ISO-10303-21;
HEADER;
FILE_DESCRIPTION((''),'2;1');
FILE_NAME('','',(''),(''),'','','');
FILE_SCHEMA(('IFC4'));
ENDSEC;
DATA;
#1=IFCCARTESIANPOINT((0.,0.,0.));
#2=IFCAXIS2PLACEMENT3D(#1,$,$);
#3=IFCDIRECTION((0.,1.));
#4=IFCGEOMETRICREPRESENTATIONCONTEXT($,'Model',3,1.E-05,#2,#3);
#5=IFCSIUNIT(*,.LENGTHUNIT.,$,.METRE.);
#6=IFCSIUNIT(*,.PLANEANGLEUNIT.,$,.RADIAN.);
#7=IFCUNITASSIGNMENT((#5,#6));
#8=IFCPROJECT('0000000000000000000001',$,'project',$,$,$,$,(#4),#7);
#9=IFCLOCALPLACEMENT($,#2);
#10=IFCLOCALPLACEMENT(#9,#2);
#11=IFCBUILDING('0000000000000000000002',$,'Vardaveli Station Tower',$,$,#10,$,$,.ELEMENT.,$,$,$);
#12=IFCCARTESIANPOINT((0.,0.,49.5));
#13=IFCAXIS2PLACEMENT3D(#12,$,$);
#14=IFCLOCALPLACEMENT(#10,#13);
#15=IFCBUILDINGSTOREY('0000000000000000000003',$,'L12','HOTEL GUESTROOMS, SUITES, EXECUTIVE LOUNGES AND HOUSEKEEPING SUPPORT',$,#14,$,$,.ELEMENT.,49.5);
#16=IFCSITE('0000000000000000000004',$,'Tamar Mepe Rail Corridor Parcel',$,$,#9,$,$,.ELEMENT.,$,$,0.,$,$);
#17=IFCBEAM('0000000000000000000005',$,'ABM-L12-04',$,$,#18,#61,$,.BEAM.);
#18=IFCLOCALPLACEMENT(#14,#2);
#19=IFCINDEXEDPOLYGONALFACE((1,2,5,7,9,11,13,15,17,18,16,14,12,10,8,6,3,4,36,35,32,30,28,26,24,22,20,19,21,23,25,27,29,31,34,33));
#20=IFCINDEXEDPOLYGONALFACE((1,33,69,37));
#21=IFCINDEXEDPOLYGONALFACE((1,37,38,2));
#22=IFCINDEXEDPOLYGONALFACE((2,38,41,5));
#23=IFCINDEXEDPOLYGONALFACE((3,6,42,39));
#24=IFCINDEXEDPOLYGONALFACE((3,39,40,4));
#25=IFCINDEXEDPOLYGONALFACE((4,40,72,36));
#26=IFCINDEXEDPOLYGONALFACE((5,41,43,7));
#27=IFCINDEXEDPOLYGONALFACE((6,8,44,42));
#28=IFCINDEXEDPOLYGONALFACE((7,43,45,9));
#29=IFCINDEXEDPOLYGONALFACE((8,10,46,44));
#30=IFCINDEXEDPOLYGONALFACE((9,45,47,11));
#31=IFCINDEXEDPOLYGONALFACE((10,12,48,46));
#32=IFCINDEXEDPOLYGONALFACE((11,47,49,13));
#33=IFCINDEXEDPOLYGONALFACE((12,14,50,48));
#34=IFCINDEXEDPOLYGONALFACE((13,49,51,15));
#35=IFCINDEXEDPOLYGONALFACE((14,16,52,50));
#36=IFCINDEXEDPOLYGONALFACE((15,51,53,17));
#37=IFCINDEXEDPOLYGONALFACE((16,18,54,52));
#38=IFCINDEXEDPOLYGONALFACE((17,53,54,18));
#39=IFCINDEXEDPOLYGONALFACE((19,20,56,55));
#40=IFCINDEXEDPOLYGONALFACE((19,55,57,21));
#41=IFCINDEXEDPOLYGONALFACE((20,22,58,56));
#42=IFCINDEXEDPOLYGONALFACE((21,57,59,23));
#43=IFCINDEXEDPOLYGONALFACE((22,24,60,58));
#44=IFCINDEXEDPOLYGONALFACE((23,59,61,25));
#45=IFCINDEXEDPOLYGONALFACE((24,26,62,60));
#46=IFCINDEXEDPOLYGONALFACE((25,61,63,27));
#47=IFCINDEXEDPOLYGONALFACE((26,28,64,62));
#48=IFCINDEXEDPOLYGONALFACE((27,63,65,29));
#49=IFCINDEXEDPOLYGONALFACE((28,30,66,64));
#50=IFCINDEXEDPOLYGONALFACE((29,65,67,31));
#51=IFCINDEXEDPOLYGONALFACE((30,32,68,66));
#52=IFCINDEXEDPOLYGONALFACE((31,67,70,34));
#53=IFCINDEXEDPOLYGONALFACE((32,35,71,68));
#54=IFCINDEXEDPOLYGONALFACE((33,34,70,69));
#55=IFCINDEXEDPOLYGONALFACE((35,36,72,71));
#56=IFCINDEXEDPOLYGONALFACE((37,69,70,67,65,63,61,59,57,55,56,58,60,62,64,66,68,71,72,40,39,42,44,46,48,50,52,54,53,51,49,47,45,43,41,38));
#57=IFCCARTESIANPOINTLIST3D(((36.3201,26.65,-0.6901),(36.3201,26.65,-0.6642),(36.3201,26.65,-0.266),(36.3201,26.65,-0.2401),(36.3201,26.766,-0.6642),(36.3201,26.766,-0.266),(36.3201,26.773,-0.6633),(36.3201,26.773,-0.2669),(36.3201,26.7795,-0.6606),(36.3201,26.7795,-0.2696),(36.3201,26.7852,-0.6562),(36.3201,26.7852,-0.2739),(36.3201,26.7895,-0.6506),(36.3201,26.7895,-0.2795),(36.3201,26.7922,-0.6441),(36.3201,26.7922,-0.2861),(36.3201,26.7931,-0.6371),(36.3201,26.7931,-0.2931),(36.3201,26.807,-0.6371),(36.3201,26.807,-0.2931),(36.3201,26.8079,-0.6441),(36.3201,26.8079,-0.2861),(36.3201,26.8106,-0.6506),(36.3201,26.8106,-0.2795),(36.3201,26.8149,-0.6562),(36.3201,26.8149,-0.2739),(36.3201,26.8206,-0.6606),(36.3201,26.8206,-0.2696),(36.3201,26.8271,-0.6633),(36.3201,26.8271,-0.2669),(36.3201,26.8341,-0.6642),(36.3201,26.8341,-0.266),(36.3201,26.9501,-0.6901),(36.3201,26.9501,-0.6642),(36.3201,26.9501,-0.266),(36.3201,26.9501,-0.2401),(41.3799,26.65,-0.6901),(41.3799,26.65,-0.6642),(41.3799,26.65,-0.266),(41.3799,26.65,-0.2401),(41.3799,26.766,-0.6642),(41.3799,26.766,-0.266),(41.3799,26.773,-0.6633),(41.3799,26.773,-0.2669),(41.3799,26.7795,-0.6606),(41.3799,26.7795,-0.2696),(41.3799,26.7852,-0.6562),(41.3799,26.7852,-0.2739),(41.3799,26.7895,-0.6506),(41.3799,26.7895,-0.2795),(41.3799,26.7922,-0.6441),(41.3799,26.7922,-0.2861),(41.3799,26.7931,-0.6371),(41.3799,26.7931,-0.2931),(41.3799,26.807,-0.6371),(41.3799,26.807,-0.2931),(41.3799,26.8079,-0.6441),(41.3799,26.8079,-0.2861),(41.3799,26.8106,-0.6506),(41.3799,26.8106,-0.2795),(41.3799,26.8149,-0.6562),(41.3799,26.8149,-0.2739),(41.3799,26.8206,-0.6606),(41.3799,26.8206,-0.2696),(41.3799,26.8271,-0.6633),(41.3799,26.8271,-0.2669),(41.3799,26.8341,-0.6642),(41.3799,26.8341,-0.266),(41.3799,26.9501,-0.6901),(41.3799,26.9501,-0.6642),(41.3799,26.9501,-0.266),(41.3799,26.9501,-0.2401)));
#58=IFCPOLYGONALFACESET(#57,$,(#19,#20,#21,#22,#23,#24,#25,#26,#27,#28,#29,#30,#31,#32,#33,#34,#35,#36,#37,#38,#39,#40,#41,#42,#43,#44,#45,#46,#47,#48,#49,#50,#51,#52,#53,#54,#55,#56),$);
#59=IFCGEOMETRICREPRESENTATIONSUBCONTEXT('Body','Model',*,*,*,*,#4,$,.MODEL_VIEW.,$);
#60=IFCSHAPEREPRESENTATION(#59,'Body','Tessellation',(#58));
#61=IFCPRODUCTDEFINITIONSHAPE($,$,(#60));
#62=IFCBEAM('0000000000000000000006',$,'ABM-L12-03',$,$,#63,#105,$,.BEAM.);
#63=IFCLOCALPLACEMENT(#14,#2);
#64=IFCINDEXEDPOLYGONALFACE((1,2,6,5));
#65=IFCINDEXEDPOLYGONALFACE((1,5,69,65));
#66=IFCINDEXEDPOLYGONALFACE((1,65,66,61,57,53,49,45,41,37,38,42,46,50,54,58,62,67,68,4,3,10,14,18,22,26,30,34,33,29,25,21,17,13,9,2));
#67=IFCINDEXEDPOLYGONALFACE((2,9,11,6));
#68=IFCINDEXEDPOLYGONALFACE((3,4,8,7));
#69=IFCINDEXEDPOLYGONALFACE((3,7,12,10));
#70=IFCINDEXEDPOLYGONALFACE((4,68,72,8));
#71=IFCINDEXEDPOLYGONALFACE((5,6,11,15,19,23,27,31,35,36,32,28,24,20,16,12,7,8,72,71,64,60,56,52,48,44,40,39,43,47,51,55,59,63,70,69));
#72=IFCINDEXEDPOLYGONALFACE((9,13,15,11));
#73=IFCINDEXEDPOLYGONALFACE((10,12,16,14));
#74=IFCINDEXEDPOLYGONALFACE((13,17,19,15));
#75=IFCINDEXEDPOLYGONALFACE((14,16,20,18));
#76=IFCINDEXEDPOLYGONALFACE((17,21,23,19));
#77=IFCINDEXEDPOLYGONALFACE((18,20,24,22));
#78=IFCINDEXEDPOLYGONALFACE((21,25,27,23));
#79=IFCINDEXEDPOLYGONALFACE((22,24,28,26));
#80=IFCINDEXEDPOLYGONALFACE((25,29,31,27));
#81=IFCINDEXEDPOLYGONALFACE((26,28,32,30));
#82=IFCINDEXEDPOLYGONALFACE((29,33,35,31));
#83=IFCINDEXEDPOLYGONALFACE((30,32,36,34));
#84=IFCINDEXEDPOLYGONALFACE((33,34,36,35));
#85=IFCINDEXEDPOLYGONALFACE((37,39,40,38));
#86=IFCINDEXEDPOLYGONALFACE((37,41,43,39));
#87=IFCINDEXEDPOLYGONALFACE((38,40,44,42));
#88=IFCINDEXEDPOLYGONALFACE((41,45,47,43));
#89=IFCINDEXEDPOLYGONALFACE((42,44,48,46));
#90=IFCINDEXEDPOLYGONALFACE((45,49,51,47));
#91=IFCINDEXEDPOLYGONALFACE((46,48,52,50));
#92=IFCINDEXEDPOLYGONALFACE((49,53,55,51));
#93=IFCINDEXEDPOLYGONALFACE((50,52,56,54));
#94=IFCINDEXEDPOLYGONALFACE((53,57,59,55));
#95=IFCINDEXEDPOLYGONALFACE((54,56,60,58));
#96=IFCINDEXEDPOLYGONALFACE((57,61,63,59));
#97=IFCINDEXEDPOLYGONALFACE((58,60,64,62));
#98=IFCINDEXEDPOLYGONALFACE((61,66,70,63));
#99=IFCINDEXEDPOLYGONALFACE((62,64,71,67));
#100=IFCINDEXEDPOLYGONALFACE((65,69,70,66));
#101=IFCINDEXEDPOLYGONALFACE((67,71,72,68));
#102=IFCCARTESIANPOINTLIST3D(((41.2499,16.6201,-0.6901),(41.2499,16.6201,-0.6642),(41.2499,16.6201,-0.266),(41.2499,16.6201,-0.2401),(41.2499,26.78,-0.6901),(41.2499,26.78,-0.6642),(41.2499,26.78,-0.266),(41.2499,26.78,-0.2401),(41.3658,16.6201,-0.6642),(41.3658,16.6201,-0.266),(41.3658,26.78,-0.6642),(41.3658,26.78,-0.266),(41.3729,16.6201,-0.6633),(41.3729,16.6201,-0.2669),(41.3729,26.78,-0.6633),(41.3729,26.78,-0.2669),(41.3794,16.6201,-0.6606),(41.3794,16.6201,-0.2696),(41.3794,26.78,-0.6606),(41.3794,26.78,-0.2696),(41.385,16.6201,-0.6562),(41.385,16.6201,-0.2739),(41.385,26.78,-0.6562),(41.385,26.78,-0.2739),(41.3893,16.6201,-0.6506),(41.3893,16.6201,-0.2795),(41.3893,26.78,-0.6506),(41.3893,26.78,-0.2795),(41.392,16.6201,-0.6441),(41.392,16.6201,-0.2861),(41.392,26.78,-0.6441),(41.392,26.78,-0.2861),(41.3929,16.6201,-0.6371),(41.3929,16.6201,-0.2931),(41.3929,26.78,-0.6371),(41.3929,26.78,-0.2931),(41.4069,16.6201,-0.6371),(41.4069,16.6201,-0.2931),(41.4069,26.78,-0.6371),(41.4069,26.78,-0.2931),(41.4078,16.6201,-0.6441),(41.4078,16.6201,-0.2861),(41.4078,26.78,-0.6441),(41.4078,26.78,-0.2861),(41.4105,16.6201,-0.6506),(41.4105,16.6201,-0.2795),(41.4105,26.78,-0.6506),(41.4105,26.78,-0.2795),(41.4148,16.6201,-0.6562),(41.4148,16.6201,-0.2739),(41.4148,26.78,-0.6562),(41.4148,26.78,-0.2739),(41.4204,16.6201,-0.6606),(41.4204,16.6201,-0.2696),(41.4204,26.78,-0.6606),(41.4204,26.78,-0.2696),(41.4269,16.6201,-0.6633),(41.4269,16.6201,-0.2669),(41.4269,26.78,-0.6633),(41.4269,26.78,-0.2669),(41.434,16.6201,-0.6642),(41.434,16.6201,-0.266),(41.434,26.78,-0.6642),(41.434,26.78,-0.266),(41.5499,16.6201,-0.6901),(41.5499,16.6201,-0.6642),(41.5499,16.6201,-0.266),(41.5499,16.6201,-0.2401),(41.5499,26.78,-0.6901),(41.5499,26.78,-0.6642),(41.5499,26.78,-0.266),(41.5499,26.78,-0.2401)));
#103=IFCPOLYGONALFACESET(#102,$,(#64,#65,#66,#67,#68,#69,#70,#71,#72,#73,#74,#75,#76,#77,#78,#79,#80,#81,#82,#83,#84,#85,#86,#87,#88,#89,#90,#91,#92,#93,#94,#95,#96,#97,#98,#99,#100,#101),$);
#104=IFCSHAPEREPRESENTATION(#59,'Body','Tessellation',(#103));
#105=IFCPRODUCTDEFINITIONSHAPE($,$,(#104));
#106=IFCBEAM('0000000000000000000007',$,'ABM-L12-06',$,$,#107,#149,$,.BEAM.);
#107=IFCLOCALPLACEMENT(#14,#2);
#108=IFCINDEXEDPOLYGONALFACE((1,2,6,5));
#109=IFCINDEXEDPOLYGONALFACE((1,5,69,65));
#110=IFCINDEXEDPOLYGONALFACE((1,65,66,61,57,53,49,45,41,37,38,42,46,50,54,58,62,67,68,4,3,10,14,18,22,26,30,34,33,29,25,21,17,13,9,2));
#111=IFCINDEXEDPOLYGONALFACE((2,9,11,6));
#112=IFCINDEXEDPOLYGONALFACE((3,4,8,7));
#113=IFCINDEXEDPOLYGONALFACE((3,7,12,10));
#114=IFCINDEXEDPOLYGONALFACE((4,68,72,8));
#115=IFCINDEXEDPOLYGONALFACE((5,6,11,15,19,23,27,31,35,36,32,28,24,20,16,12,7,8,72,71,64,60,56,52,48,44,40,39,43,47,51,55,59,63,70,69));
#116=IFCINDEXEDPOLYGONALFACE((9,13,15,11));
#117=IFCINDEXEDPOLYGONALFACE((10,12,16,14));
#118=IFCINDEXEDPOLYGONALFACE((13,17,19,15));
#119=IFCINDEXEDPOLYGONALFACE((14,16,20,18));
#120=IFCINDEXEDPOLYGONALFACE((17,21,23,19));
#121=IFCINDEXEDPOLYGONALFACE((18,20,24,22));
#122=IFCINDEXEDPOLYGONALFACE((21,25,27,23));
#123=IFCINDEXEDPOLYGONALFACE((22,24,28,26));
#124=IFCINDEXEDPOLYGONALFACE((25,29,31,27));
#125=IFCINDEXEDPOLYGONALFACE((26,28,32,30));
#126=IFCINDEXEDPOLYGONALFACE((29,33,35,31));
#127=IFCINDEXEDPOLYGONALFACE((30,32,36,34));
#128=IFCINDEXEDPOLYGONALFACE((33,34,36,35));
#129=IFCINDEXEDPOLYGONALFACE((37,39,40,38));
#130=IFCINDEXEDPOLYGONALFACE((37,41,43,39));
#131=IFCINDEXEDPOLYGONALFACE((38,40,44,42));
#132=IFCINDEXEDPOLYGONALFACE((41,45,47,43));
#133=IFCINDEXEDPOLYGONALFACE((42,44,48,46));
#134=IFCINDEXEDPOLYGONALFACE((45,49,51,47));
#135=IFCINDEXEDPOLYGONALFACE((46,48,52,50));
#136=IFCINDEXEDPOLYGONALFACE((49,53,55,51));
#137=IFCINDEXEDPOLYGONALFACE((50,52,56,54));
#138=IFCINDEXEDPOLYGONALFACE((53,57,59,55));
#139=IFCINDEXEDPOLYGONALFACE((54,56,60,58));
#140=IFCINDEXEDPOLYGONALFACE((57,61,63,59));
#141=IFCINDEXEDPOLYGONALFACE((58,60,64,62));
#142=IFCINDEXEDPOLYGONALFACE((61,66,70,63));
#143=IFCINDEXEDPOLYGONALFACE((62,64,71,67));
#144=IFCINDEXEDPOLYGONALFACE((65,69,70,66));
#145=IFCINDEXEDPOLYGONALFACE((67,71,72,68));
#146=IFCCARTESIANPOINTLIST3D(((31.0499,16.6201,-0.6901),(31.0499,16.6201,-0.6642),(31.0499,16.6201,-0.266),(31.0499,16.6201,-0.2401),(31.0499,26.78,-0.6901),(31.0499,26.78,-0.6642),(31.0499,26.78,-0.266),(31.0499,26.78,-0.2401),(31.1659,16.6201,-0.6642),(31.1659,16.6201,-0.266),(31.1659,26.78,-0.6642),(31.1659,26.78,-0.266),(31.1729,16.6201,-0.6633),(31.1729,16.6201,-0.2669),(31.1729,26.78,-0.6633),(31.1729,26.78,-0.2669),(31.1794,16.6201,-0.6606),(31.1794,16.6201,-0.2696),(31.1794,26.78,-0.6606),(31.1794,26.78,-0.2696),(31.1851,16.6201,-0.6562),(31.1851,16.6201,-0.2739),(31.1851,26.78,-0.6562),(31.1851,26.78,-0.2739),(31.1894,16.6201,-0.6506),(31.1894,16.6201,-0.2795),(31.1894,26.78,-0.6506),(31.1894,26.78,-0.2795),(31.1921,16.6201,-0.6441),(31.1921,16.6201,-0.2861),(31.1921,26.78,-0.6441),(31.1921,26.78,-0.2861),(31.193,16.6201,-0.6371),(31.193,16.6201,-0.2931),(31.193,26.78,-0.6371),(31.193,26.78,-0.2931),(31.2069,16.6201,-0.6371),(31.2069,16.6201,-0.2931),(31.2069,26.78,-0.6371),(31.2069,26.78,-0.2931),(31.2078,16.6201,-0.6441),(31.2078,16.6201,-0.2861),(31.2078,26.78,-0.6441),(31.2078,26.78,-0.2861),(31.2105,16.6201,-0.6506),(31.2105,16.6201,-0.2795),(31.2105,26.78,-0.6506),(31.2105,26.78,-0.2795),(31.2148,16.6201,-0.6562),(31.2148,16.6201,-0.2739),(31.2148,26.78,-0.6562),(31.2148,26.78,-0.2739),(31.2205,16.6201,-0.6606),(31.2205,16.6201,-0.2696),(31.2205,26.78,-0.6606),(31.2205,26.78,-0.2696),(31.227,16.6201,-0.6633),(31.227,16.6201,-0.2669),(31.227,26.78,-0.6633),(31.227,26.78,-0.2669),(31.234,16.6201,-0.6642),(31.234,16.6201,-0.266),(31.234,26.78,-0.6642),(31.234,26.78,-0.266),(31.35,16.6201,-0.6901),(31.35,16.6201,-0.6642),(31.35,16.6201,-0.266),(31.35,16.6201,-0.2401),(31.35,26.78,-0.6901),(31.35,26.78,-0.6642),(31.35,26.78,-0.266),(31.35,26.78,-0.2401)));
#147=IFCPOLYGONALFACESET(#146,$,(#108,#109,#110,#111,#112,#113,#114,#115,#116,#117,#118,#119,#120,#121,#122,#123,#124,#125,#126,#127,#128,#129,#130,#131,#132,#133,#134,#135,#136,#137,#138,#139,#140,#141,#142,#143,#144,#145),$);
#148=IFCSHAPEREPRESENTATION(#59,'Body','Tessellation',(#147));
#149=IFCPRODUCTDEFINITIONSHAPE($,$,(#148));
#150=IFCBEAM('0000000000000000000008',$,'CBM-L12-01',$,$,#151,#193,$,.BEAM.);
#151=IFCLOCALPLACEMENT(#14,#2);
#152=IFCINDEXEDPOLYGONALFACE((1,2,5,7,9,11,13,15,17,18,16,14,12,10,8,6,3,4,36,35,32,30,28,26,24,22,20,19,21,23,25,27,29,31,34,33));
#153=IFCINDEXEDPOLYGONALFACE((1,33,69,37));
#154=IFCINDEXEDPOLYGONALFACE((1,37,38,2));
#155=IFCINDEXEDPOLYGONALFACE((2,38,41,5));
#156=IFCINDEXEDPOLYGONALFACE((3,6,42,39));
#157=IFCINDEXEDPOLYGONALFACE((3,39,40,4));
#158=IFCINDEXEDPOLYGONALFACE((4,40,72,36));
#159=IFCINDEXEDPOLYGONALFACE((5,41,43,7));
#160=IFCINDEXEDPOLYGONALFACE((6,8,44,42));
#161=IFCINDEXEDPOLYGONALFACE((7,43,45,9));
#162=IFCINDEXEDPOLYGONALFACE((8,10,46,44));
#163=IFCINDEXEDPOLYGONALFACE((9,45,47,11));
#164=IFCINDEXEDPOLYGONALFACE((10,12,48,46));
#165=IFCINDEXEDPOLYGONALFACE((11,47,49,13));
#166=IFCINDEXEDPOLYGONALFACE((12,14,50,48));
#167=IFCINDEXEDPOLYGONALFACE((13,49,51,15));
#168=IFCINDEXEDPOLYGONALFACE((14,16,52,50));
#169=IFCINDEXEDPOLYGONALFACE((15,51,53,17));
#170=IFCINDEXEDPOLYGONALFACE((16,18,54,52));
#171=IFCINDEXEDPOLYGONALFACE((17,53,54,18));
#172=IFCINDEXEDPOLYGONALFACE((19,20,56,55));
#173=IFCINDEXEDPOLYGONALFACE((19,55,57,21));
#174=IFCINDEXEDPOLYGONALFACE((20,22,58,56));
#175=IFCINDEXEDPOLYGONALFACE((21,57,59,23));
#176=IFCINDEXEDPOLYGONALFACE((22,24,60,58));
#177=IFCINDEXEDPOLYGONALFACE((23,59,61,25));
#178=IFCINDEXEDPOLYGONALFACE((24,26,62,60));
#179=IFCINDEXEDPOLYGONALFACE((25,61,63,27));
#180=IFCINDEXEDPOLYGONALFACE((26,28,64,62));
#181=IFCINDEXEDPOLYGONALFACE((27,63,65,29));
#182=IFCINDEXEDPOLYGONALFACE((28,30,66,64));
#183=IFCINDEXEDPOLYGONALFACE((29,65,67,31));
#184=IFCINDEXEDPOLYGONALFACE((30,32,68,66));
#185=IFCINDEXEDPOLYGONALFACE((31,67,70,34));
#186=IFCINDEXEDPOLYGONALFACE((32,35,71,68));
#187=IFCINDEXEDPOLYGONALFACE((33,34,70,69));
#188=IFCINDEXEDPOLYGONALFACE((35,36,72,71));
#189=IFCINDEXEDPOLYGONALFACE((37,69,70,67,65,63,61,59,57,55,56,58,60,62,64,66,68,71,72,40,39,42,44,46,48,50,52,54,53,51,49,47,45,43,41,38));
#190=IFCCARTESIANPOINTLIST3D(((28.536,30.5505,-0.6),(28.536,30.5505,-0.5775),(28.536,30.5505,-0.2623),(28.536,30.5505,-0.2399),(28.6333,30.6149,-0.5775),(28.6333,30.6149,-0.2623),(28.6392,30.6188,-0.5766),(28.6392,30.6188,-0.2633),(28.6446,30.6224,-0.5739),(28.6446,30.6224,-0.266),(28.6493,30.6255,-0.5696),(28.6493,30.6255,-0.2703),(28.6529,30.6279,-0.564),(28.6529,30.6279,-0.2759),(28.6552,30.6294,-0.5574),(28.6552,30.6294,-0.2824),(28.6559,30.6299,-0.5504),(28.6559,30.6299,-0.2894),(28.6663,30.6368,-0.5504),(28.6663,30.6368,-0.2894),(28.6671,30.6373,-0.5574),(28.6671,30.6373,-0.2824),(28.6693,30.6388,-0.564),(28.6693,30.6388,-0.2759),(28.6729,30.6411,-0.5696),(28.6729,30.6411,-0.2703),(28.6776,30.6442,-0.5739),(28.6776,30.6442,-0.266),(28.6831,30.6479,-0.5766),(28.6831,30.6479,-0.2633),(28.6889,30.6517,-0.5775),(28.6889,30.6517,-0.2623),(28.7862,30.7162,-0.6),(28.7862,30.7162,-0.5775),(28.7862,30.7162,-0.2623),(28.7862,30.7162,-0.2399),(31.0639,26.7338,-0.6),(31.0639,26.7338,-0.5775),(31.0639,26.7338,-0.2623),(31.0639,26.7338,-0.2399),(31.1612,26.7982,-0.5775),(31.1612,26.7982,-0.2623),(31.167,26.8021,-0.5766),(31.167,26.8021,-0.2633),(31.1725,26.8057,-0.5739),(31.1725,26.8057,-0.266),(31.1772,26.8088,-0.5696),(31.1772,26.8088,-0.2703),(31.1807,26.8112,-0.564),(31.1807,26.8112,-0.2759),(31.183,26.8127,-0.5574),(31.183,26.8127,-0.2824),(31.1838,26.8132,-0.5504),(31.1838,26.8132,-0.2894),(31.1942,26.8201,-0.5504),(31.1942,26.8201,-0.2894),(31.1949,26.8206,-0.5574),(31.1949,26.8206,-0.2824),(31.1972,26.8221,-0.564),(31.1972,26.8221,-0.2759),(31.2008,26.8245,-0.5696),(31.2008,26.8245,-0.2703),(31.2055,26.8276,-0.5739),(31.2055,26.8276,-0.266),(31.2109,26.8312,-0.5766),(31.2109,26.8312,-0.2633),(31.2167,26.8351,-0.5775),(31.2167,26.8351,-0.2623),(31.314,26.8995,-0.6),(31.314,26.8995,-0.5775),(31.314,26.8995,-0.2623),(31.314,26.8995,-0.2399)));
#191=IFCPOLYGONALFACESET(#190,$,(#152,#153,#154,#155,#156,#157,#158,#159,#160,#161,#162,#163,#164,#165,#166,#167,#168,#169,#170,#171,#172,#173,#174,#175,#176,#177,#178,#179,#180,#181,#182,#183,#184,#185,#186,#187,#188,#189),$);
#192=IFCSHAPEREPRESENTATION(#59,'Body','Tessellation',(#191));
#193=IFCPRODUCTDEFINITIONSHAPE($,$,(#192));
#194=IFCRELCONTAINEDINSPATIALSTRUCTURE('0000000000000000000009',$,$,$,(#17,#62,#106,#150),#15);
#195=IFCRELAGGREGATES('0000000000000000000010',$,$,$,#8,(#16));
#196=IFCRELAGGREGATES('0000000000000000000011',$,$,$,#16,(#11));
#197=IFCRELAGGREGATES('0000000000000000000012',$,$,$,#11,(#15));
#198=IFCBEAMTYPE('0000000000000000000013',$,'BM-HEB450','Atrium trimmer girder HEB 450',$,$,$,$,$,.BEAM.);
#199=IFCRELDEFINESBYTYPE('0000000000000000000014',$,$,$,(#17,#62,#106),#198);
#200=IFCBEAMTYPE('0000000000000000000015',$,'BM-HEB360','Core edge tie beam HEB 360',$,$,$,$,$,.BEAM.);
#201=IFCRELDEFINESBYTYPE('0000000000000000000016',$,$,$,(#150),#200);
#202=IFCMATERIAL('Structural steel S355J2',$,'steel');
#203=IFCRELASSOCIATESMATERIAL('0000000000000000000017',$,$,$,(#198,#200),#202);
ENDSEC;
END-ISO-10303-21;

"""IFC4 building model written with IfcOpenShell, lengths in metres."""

from ifc_helpers import new_model, si_unit, direction, frame, origin, origin_2d, place, context, subcontext, project, spatial, i_section, extrude, source, transform, mapped, material, material_profile, profile_set, type_object, element, save


model = new_model("IFC4")

# Units and contexts
model_context = context("Model", 3, precision=1e-05, world=origin(), true_north=direction((0.0, 1.0)))
body_context = subcontext(model_context, "Body", "Model", "MODEL_VIEW")
ifc_project = project(units=[si_unit("LENGTHUNIT", "METRE"), si_unit("PLANEANGLEUNIT", "RADIAN")], contexts=[model_context])

# Site, building, storey
site_placement = place(None, origin())
site = spatial("IfcSite", under=ifc_project, at=site_placement, Name="Tamar Mepe Rail Corridor Parcel", CompositionType="ELEMENT", RefElevation=0.0)
building_placement = place(site_placement, origin())
building = spatial("IfcBuilding", under=site, at=building_placement, Name="Vardaveli Station Tower", CompositionType="ELEMENT")
storey_placement = place(building_placement, frame((0.0, 0.0, 49.5)))
storey = spatial("IfcBuildingStorey", under=building, at=storey_placement, Name="L12", Description="HOTEL GUESTROOMS, SUITES, EXECUTIVE LOUNGES AND HOUSEKEEPING SUPPORT", CompositionType="ELEMENT", Elevation=49.5)

# Beams
ifc_material_1 = material(Name="Structural steel S355J2", Category="steel")
ifc_material_profile_1 = material_profile(ifc_material_1, i_section(OverallWidth=0.3, OverallDepth=0.45, WebThickness=0.0139, FlangeThickness=0.0259, FilletRadius=0.0271, at=origin_2d()), Name="HEB 450")
ifc_profile_set_1 = profile_set([ifc_material_profile_1], Name="Structural steel S355J2")
beam_type_1 = type_object("IfcBeamType", Name="BM-HEB450", Description="Atrium trimmer girder HEB 450", PredefinedType="BEAM", material=ifc_profile_set_1)
shared_shape_1 = source(origin(), body_context, "Body", "SweptSolid", [
    extrude(i_section(OverallWidth=0.3, OverallDepth=0.45, WebThickness=0.0139, FlangeThickness=0.0259, FilletRadius=0.0271, at=origin_2d()), origin(), (0.0, 0.0, 1.0), 5.0598),
])
beam_1_placement = place(storey_placement, frame((41.3799, 26.8, -0.4651), z_axis=(-1.0, 0.0, 0.0), x_axis=(0.0, -1.0, 0.0)))
element("IfcBeam", 1, at=beam_1_placement, inside=storey, type_object=beam_type_1, Name="ABM-L12-04", PredefinedType="BEAM", context=body_context, shape_type="MappedRepresentation", body=[
    mapped(shared_shape_1, transform((0.0, 0.0, 0.0), scale=1.0)),
])
shared_shape_2 = source(origin(), body_context, "Body", "SweptSolid", [
    extrude(i_section(OverallWidth=0.3, OverallDepth=0.45, WebThickness=0.0139, FlangeThickness=0.0259, FilletRadius=0.0271, at=origin_2d()), origin(), (0.0, 0.0, 1.0), 10.1599),
])
for number, where, z_axis, x_axis, name in (
    (2, (41.3999, 16.6201, -0.4651), (0.0, 1.0, 0.0), (-1.0, 0.0, 0.0), "ABM-L12-03"),
    (3, (31.2, 26.78, -0.4651), (0.0, -1.0, 0.0), (1.0, 0.0, 0.0), "ABM-L12-06"),
):
    element("IfcBeam", number, at=place(storey_placement, frame(where, z_axis=z_axis, x_axis=x_axis)), inside=storey, type_object=beam_type_1, Name=name, PredefinedType="BEAM", context=body_context, shape_type="MappedRepresentation", body=[
        mapped(shared_shape_2, transform((0.0, 0.0, 0.0), scale=1.0)),
    ])
ifc_material_profile_2 = material_profile(ifc_material_1, i_section(OverallWidth=0.3, OverallDepth=0.3601, WebThickness=0.0125, FlangeThickness=0.0225, FilletRadius=0.0271, at=origin_2d()), Name="HEB 360")
ifc_profile_set_2 = profile_set([ifc_material_profile_2], Name="Structural steel S355J2")
beam_type_2 = type_object("IfcBeamType", Name="BM-HEB360", Description="Core edge tie beam HEB 360", PredefinedType="BEAM", material=ifc_profile_set_2)
shared_shape_3 = source(origin(), body_context, "Body", "SweptSolid", [
    extrude(i_section(OverallWidth=0.3, OverallDepth=0.3601, WebThickness=0.0125, FlangeThickness=0.0225, FilletRadius=0.0271, at=origin_2d()), origin(), (0.0, 0.0, 1.0), 4.5779),
])
beam_2_placement = place(storey_placement, frame((31.189, 26.8167, -0.4199), z_axis=(-0.552187, 0.83372, 0.0), x_axis=(-0.83372, -0.552187, 0.0)))
element("IfcBeam", 4, at=beam_2_placement, inside=storey, type_object=beam_type_2, Name="CBM-L12-01", PredefinedType="BEAM", context=body_context, shape_type="MappedRepresentation", body=[
    mapped(shared_shape_3, transform((0.0, 0.0, 0.0), scale=1.0)),
])

save(model, "model.ifc")
